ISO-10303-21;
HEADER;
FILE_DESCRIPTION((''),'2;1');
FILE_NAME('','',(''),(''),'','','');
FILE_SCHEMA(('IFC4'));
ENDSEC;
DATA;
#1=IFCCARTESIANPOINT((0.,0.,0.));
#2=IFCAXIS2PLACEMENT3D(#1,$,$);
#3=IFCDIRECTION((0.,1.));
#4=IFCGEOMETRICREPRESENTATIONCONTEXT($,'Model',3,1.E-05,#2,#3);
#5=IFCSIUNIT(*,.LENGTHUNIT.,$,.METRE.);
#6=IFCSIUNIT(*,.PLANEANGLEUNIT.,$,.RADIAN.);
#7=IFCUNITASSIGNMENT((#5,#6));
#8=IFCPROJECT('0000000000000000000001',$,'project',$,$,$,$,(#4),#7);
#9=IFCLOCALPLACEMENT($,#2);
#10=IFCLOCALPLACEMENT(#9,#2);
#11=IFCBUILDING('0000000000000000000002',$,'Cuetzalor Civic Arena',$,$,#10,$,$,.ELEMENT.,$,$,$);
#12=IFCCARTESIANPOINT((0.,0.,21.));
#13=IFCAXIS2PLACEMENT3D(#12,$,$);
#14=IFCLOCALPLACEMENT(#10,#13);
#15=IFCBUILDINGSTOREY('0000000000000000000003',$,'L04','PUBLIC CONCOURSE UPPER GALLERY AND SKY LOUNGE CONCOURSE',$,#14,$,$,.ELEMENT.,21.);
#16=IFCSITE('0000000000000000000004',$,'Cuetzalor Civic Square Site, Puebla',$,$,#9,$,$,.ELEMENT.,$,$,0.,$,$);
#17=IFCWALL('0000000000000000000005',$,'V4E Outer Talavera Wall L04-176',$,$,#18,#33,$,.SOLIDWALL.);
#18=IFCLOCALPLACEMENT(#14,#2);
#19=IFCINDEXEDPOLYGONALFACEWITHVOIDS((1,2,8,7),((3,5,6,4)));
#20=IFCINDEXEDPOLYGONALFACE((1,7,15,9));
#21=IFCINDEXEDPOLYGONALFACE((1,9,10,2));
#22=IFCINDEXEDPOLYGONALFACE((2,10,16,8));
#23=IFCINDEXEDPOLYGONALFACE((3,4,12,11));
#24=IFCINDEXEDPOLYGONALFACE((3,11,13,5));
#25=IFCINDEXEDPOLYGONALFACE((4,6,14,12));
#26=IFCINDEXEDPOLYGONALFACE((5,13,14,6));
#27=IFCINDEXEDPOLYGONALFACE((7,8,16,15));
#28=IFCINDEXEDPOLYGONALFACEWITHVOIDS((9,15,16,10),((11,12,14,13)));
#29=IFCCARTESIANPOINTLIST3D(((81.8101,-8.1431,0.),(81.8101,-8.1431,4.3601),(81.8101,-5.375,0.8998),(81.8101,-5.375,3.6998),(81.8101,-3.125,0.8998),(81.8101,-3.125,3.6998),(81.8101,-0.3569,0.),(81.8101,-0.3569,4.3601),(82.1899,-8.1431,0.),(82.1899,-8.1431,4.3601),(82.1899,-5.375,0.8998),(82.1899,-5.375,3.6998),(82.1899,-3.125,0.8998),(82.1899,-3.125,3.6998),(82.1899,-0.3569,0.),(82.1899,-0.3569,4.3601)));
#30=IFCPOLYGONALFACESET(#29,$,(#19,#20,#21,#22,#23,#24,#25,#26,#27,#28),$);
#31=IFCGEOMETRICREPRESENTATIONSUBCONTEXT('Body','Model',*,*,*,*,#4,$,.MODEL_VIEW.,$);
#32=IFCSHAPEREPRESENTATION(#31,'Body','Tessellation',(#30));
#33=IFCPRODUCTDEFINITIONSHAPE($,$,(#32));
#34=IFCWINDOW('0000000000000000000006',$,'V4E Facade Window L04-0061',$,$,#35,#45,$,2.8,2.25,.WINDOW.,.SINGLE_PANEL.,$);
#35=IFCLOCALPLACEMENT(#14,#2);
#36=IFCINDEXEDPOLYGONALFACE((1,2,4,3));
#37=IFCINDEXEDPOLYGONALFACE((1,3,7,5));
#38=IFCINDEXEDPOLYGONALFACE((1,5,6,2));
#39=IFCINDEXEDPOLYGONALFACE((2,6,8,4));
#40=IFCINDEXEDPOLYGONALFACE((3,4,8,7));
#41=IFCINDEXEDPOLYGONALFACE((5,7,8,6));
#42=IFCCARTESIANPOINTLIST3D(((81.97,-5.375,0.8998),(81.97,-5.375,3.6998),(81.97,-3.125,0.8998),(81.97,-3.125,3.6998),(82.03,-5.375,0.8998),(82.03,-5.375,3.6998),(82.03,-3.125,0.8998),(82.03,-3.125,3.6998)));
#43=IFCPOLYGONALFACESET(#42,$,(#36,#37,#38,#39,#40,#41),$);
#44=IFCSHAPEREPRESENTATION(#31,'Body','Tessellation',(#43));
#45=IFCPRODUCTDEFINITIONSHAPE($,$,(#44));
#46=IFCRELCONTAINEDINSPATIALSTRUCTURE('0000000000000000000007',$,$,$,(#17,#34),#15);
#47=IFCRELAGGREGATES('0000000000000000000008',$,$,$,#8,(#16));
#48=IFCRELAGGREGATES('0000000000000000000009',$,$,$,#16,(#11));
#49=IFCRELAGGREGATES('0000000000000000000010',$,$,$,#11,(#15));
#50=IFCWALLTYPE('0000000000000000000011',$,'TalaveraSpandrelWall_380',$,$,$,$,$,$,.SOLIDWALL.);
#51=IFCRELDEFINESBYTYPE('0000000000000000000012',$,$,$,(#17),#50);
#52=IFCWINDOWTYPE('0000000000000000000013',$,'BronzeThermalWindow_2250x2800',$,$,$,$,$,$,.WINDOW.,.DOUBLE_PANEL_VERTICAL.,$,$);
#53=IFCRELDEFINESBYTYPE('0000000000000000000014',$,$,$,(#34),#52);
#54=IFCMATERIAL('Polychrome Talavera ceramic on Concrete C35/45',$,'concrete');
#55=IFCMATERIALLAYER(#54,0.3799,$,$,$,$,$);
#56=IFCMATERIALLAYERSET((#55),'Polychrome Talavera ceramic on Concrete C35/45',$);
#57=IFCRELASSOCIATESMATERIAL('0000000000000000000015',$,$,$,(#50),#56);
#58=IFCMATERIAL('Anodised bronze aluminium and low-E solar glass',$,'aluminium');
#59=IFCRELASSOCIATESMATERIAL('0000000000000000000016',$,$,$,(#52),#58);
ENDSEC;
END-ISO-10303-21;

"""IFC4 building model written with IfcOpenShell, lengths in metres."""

from ifc_helpers import new_model, si_unit, direction, frame, frame_2d, origin, place, context, subcontext, project, spatial, rectangle, extrude, material, layer, layer_set, type_object, element, fill, save


model = new_model("IFC4")

# Units and contexts
model_context = context("Model", 3, precision=1e-05, world=origin(), true_north=direction((0.0, 1.0)))
body_context = subcontext(model_context, "Body", "Model", "MODEL_VIEW")
ifc_project = project(units=[si_unit("LENGTHUNIT", "METRE"), si_unit("PLANEANGLEUNIT", "RADIAN")], contexts=[model_context])

# Site, building, storey
site_placement = place(None, origin())
site = spatial("IfcSite", under=ifc_project, at=site_placement, Name="Cuetzalor Civic Square Site, Puebla", CompositionType="ELEMENT", RefElevation=0.0)
building_placement = place(site_placement, origin())
building = spatial("IfcBuilding", under=site, at=building_placement, Name="Cuetzalor Civic Arena", CompositionType="ELEMENT")
storey_placement = place(building_placement, frame((0.0, 0.0, 21.0)))
storey = spatial("IfcBuildingStorey", under=building, at=storey_placement, Name="L04", Description="PUBLIC CONCOURSE UPPER GALLERY AND SKY LOUNGE CONCOURSE", CompositionType="ELEMENT", Elevation=21.0)

# Wall, opening, window
ifc_material_1 = material(Name="Polychrome Talavera ceramic on Concrete C35/45", Category="concrete")
ifc_layer_1 = layer(ifc_material_1, 0.3799)
ifc_layer_set_1 = layer_set([ifc_layer_1], Name="Polychrome Talavera ceramic on Concrete C35/45")
wall_type = type_object("IfcWallType", Name="TalaveraSpandrelWall_380", PredefinedType="SOLIDWALL", material=ifc_layer_set_1)
wall_placement = place(storey_placement, frame((82.0, -0.3569, 0.0), z_axis=(0.0, 0.0, 1.0), x_axis=(0.0, -1.0, 0.0)))
wall = element("IfcWall", 1, at=wall_placement, inside=storey, type_object=wall_type, Name="V4E Outer Talavera Wall L04-176", PredefinedType="SOLIDWALL", context=body_context, shape_type="SweptSolid", body=[
    extrude(rectangle(XDim=7.7861, YDim=0.3799, at=frame_2d((3.8931, 0.0))), origin(), (0.0, 0.0, 1.0), 4.3601),
])
opening_placement = place(wall_placement, frame((2.7681, 0.0, 0.8999)))
opening = element("IfcOpeningElement", 2, at=opening_placement, cuts=wall, PredefinedType="OPENING", context=body_context, shape_type="SweptSolid", body=[
    extrude(rectangle(XDim=2.25, YDim=2.8, at=frame_2d((1.125, 1.3999))), frame((0.0, 0.2, 0.0), z_axis=(0.0, -1.0, 0.0), x_axis=(1.0, 0.0, 0.0)), (0.0, 0.0, 1.0), 0.3999),
])
ifc_material_2 = material(Name="Anodised bronze aluminium and low-E solar glass", Category="aluminium")
window_type = type_object("IfcWindowType", Name="BronzeThermalWindow_2250x2800", PartitioningType="DOUBLE_PANEL_VERTICAL", PredefinedType="WINDOW", material=ifc_material_2)
window_placement = place(opening_placement, origin())
window = element("IfcWindow", 3, at=window_placement, inside=storey, type_object=window_type, Name="V4E Facade Window L04-0061", OverallHeight=2.8, OverallWidth=2.25, PartitioningType="SINGLE_PANEL", PredefinedType="WINDOW", context=body_context, shape_type="SweptSolid", body=[
    extrude(rectangle(XDim=2.25, YDim=2.8, at=frame_2d((1.125, 1.3999))), frame((0.0, 0.03, 0.0), z_axis=(0.0, -1.0, 0.0), x_axis=(1.0, 0.0, 0.0)), (0.0, 0.0, 1.0), 0.0601),
])
fill(opening, window)

save(model, "model.ifc")
